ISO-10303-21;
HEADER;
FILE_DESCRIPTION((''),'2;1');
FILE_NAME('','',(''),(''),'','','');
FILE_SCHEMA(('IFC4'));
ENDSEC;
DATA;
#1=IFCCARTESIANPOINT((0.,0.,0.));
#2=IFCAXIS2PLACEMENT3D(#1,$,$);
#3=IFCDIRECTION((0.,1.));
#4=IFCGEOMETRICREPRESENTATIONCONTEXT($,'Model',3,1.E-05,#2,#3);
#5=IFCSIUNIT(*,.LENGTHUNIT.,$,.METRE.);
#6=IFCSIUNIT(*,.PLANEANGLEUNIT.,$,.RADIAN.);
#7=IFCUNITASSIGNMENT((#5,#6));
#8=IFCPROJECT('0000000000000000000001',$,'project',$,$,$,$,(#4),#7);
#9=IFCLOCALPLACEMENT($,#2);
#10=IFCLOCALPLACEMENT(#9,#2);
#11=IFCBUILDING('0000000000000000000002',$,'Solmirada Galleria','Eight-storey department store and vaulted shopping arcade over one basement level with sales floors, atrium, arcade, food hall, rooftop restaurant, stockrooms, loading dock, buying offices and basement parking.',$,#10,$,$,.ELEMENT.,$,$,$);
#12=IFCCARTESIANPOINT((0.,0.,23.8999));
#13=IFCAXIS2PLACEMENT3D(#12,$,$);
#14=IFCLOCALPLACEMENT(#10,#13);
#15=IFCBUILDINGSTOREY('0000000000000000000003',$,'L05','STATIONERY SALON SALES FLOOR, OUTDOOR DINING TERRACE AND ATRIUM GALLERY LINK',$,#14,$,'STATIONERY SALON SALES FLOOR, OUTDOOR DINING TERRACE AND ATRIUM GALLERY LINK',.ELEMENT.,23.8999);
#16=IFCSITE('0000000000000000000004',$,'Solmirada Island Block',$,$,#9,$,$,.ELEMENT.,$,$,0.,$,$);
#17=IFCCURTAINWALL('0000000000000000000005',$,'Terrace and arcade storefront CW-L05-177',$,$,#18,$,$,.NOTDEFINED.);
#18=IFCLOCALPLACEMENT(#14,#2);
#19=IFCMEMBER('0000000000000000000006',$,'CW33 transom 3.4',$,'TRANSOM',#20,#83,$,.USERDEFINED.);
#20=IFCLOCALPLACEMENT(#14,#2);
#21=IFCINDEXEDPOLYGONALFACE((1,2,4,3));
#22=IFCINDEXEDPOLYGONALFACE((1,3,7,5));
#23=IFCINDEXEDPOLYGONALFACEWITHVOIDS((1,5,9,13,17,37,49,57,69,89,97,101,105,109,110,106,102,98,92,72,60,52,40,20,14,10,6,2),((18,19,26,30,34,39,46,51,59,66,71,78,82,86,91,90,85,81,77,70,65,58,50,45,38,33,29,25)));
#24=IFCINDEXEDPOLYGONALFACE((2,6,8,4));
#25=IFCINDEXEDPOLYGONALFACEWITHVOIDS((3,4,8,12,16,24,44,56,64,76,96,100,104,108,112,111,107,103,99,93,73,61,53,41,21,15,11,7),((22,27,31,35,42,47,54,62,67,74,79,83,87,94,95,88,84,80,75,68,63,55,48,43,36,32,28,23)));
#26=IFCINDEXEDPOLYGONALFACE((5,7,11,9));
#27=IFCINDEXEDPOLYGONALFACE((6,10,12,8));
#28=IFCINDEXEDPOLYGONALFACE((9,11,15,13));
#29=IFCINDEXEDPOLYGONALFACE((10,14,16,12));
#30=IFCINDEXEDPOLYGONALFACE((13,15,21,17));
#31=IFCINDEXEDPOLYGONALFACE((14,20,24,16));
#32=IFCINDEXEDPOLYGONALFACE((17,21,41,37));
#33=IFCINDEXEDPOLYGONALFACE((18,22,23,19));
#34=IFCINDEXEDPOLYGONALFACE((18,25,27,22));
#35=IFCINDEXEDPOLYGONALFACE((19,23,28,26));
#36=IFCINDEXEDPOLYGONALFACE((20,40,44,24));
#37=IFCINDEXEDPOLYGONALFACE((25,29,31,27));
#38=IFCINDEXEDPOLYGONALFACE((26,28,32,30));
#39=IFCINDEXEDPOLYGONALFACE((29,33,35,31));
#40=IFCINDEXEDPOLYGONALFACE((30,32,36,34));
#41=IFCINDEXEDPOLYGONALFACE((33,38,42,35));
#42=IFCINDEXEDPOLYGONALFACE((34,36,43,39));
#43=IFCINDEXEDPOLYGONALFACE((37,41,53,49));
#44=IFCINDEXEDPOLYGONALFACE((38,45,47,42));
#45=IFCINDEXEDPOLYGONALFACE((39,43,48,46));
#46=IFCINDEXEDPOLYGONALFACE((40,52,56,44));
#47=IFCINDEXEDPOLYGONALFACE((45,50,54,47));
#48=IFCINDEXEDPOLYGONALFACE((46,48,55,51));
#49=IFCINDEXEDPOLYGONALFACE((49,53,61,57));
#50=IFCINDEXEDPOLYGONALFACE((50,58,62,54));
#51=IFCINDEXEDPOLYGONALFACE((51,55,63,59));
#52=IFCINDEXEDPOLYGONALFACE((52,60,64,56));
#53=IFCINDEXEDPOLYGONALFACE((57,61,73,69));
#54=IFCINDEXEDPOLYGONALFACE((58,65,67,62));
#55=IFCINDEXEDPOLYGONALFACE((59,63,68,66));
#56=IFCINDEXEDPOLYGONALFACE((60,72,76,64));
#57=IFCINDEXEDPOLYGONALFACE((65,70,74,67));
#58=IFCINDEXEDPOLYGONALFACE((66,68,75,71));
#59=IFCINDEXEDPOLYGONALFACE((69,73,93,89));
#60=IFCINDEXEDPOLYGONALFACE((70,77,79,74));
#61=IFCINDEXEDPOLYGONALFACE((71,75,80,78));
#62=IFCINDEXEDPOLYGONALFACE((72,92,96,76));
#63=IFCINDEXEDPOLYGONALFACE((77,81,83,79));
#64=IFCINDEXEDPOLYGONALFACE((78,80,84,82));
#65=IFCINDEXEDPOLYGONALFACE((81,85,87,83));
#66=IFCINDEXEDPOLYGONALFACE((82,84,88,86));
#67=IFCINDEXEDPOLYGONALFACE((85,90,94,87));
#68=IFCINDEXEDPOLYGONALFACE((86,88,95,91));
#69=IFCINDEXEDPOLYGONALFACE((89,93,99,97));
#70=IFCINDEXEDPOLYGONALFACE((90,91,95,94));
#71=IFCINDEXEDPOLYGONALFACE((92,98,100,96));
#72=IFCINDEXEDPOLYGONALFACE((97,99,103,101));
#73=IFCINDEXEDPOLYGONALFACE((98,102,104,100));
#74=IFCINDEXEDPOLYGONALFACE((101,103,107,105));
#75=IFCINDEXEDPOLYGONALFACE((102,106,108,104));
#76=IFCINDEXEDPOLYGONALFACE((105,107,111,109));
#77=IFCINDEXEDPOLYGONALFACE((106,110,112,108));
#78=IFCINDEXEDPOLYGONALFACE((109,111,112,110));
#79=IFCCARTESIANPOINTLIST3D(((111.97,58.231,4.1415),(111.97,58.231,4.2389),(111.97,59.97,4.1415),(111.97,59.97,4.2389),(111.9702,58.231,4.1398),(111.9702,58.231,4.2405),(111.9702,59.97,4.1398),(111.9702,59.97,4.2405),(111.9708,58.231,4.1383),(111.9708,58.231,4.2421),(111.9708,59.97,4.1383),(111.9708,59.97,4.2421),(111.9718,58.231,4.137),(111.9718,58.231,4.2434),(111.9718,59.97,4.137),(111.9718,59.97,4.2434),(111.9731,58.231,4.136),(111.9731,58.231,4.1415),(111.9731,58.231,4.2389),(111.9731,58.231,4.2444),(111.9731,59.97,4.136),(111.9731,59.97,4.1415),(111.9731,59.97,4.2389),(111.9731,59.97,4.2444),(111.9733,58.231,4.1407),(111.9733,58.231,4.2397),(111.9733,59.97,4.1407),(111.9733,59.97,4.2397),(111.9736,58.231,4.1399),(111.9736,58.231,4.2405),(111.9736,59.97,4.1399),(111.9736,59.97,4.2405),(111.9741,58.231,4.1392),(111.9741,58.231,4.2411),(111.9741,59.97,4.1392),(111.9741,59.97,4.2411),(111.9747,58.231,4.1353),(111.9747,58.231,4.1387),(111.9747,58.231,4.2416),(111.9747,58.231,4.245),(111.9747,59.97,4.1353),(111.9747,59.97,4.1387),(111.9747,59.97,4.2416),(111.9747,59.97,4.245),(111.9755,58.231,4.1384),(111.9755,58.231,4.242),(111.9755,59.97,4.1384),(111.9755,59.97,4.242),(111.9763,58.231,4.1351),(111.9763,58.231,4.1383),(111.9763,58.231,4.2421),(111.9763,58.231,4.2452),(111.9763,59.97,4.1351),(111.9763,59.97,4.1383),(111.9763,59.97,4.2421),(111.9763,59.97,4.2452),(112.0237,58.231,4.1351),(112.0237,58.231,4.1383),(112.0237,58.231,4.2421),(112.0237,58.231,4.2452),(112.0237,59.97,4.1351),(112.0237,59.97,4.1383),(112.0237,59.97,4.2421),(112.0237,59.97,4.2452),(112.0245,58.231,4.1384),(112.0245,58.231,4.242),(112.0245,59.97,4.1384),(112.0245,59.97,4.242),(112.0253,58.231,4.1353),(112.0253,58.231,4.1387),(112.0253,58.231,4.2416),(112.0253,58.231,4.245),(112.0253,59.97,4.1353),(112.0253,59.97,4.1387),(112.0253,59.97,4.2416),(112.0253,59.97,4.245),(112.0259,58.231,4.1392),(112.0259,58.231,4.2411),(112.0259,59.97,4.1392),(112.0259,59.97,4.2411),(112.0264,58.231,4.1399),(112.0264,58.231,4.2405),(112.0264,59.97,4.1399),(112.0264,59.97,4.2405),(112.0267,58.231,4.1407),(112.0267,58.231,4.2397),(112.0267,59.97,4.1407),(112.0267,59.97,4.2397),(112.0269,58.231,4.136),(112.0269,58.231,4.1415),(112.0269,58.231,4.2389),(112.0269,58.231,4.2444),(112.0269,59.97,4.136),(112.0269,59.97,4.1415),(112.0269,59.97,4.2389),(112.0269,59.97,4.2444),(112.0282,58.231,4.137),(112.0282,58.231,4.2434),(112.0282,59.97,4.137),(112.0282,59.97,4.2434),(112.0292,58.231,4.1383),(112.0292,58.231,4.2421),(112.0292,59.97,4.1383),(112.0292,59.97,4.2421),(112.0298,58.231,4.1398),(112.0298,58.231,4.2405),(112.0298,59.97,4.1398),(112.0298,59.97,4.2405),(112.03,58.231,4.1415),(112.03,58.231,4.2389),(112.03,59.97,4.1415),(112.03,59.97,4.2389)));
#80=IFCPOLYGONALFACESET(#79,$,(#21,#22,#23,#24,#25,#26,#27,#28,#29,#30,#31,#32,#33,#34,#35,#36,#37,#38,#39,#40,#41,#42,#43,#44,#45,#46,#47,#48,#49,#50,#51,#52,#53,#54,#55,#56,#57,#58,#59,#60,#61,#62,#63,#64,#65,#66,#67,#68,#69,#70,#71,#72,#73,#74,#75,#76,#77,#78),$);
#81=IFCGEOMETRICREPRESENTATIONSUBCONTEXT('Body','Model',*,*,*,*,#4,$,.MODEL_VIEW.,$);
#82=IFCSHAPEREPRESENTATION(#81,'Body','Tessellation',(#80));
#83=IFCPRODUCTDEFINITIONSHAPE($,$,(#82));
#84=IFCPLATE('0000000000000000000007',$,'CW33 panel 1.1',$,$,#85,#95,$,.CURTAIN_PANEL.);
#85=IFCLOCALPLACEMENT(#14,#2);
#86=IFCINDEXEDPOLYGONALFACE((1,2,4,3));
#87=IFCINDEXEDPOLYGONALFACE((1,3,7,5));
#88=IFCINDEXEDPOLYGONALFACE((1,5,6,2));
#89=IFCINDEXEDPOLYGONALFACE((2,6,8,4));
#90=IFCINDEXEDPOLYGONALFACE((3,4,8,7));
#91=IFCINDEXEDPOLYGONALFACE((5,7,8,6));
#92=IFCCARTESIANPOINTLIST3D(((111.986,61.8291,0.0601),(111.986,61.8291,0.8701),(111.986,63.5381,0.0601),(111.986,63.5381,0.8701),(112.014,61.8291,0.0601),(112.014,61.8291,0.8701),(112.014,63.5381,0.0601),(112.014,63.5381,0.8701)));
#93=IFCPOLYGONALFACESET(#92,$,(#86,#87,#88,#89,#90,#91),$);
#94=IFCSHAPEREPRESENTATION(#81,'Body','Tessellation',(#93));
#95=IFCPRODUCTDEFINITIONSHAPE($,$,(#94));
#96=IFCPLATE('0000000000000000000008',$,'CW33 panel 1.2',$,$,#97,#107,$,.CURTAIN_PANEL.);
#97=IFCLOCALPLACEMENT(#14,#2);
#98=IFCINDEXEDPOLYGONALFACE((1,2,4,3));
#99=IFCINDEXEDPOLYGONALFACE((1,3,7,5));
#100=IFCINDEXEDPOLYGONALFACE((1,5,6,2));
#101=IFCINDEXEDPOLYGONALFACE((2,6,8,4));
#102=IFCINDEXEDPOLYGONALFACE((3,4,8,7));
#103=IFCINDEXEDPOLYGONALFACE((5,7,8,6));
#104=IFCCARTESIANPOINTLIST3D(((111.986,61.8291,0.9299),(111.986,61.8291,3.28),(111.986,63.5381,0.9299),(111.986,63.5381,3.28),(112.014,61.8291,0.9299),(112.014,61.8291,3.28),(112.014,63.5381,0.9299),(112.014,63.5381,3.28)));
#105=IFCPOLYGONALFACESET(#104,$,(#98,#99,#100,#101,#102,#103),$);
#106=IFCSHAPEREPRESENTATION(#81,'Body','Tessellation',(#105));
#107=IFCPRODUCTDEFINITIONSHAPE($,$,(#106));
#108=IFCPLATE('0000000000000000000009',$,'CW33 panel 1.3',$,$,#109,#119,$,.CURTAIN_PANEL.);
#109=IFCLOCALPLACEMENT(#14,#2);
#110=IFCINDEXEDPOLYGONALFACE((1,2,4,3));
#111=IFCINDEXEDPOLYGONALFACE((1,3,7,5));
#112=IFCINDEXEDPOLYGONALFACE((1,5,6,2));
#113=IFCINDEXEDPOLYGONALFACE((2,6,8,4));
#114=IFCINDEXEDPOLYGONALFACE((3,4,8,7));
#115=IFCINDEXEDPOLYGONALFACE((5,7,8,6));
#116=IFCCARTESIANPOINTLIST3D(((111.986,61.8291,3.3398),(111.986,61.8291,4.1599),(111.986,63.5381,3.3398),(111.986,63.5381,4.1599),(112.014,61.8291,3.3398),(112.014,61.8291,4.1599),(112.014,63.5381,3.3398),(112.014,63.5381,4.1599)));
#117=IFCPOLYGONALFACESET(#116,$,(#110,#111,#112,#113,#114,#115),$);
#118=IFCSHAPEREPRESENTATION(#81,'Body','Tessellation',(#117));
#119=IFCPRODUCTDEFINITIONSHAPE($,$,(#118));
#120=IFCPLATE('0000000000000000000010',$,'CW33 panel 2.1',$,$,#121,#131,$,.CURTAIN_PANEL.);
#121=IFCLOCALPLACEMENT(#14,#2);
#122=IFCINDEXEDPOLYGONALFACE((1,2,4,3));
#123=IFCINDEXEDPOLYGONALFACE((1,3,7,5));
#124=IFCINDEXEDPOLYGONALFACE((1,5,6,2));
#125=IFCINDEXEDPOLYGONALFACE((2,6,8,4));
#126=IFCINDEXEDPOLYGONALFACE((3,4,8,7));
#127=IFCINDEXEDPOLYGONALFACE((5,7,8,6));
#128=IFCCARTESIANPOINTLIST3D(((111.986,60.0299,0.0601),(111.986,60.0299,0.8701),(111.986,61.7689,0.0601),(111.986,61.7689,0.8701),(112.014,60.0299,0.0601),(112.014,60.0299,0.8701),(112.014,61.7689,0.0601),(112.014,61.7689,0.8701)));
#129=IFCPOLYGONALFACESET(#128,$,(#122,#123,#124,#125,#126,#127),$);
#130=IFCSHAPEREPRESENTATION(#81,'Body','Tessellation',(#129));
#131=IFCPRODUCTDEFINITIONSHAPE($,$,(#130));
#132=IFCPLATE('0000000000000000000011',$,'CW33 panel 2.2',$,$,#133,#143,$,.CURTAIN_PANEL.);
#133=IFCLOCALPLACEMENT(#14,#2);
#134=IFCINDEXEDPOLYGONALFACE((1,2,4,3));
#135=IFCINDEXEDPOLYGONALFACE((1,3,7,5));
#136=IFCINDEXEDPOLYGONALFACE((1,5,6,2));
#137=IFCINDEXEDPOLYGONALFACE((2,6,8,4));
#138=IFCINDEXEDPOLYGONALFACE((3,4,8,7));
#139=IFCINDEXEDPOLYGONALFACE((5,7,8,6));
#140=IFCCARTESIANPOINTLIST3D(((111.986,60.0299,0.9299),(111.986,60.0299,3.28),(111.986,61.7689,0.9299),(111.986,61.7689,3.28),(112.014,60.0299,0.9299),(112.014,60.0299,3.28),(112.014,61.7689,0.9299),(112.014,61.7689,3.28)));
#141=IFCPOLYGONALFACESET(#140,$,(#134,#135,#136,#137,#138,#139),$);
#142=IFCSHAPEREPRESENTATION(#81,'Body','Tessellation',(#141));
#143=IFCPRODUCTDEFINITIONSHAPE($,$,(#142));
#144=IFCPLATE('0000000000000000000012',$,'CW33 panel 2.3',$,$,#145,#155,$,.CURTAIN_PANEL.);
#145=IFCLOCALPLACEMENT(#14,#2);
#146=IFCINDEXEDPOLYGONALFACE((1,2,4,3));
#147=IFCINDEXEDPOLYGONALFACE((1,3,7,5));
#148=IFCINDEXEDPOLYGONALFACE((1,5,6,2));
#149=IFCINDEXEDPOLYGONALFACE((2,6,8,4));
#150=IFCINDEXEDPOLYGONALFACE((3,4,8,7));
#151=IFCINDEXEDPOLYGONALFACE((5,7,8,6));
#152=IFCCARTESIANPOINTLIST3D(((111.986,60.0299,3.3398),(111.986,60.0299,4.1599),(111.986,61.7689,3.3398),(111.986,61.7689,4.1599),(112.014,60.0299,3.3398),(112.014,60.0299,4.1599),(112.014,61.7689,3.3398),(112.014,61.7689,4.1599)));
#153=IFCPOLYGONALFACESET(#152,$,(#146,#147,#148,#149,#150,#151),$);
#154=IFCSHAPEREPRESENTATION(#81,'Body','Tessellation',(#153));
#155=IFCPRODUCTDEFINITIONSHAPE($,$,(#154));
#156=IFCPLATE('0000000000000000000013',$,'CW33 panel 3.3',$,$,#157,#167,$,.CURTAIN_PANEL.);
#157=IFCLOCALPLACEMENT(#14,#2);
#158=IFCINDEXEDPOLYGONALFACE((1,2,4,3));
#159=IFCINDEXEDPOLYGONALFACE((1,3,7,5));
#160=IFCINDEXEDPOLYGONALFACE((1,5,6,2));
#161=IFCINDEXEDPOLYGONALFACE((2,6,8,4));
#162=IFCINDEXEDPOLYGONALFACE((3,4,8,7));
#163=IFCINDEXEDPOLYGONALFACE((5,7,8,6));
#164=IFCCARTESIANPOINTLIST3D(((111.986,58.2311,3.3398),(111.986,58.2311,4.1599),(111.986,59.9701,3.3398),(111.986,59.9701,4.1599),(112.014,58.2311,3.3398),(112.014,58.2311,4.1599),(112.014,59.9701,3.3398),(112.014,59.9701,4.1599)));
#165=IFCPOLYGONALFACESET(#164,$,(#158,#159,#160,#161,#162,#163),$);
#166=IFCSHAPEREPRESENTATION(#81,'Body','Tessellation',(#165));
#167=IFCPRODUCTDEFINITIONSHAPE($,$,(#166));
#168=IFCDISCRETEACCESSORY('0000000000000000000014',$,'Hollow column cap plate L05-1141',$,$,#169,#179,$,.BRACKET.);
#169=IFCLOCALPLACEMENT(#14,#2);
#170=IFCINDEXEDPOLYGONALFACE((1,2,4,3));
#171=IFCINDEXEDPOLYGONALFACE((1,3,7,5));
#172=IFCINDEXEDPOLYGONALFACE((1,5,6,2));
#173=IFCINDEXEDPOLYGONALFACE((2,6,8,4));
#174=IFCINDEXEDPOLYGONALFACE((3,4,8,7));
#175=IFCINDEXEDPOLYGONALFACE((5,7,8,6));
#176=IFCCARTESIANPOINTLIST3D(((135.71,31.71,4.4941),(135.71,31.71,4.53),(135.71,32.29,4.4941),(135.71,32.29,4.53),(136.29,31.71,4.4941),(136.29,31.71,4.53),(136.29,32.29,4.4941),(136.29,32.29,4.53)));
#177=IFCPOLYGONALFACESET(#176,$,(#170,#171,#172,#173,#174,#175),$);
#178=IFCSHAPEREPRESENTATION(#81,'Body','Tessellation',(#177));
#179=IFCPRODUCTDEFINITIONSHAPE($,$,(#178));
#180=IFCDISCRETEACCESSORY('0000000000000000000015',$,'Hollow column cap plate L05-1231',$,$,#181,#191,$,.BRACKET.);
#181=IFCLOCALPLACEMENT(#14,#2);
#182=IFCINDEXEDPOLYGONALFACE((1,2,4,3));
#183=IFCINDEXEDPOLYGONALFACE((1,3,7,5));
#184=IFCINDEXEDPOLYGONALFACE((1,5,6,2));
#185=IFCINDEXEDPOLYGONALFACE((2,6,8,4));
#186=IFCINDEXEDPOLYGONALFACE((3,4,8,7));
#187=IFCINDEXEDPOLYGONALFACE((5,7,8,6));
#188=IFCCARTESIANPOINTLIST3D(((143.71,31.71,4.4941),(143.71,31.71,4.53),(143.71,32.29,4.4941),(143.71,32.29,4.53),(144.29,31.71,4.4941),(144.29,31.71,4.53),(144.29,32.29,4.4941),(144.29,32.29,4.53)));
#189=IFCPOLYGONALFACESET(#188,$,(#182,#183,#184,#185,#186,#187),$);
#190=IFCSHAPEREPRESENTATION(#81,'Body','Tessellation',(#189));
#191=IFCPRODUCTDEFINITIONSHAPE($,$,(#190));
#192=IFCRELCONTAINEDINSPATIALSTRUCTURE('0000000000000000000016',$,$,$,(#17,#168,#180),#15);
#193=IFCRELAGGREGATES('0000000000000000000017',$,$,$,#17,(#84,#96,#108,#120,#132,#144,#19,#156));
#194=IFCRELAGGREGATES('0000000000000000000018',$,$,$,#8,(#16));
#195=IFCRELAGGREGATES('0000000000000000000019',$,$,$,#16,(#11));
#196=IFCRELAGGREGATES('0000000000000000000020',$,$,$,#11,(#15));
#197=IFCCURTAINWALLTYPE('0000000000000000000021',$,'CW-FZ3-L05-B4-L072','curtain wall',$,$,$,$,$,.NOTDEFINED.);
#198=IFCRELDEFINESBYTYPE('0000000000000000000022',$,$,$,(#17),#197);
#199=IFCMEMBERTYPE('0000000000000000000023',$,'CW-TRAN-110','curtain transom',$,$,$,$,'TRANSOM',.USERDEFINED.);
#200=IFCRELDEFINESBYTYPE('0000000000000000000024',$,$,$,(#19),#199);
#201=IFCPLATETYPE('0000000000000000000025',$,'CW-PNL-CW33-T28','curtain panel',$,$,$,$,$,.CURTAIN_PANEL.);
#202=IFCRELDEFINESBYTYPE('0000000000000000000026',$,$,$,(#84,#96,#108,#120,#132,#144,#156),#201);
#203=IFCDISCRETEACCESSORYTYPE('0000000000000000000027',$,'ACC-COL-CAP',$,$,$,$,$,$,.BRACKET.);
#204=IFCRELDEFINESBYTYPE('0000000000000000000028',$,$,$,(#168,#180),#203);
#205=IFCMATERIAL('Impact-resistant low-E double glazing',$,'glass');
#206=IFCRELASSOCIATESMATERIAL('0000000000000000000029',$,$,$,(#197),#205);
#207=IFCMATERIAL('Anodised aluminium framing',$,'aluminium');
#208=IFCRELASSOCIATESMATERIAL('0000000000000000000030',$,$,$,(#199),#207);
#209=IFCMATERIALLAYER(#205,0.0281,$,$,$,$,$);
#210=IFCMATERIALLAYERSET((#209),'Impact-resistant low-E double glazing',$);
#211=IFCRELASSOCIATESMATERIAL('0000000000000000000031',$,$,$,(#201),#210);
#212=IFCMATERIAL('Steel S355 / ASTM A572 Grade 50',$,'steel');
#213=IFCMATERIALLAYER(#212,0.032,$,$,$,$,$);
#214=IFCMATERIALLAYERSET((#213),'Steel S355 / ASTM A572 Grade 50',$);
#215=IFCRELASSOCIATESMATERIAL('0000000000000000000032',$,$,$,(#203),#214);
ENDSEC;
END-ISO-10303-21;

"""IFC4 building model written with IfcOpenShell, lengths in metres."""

from ifc_helpers import new_model, si_unit, direction, frame, origin, origin_2d, place, context, subcontext, project, spatial, rectangle, hollow_rectangle, extrude, material, layer, layer_set, material_profile, profile_set, type_object, element, aggregate, save


model = new_model("IFC4")

# Units and contexts
model_context = context("Model", 3, precision=1e-05, world=origin(), true_north=direction((0.0, 1.0)))
body_context = subcontext(model_context, "Body", "Model", "MODEL_VIEW")
ifc_project = project(units=[si_unit("LENGTHUNIT", "METRE"), si_unit("PLANEANGLEUNIT", "RADIAN")], contexts=[model_context])

# Site, building, storey
site_placement = place(None, origin())
site = spatial("IfcSite", under=ifc_project, at=site_placement, Name="Solmirada Island Block", CompositionType="ELEMENT", RefElevation=0.0)
building_placement = place(site_placement, origin())
building = spatial("IfcBuilding", under=site, at=building_placement, Name="Solmirada Galleria", Description="Eight-storey department store and vaulted shopping arcade over one basement level with sales floors, atrium, arcade, food hall, rooftop restaurant, stockrooms, loading dock, buying offices and basement parking.", CompositionType="ELEMENT")
storey_placement = place(building_placement, frame((0.0, 0.0, 23.8999)))
storey = spatial("IfcBuildingStorey", under=building, at=storey_placement, Name="L05", Description="STATIONERY SALON SALES FLOOR, OUTDOOR DINING TERRACE AND ATRIUM GALLERY LINK", LongName="STATIONERY SALON SALES FLOOR, OUTDOOR DINING TERRACE AND ATRIUM GALLERY LINK", CompositionType="ELEMENT", Elevation=23.8999)

# Curtain wall, member, plates
ifc_material_1 = material(Name="Impact-resistant low-E double glazing", Category="glass")
curtain_wall_type = type_object("IfcCurtainWallType", Name="CW-FZ3-L05-B4-L072", Description="curtain wall", PredefinedType="NOTDEFINED", material=ifc_material_1)
curtain_wall_placement = place(storey_placement, origin())
curtain_wall = element("IfcCurtainWall", 1, at=curtain_wall_placement, inside=storey, type_object=curtain_wall_type, Name="Terrace and arcade storefront CW-L05-177", PredefinedType="NOTDEFINED")
ifc_material_2 = material(Name="Anodised aluminium framing", Category="aluminium")
ifc_material_profile_1 = material_profile(ifc_material_2, hollow_rectangle(XDim=0.0601, YDim=0.1101, WallThickness=0.0032, InnerFilletRadius=0.0032, OuterFilletRadius=0.0063, at=origin_2d()), Name="ALU-TRAN-110X60")
ifc_profile_set_1 = profile_set([ifc_material_profile_1], Name="Anodised aluminium framing")
member_type_1 = type_object("IfcMemberType", Name="CW-TRAN-110", Description="curtain transom", ElementType="TRANSOM", PredefinedType="USERDEFINED", material=ifc_profile_set_1)
member_1_placement = place(storey_placement, frame((112.0, 59.97, 4.1902), z_axis=(0.0, -1.0, 0.0), x_axis=(1.0, 0.0, 0.0)))
member_1 = element("IfcMember", 2, at=member_1_placement, type_object=member_type_1, Name="CW33 transom 3.4", ObjectType="TRANSOM", PredefinedType="USERDEFINED", context=body_context, shape_type="SweptSolid", body=[
    extrude(hollow_rectangle(XDim=0.0601, YDim=0.1101, WallThickness=0.0032, InnerFilletRadius=0.0032, OuterFilletRadius=0.0063, at=origin_2d()), origin(), (0.0, 0.0, 1.0), 1.739),
])
ifc_layer_1 = layer(ifc_material_1, 0.0281)
ifc_layer_set_1 = layer_set([ifc_layer_1], Name="Impact-resistant low-E double glazing")
plate_type = type_object("IfcPlateType", Name="CW-PNL-CW33-T28", Description="curtain panel", PredefinedType="CURTAIN_PANEL", material=ifc_layer_set_1)
plate_1_placement = place(storey_placement, frame((112.0, 62.6836, 0.0601), z_axis=(0.0, 0.0, 1.0), x_axis=(0.0, -1.0, 0.0)))
plate_1 = element("IfcPlate", 3, at=plate_1_placement, type_object=plate_type, Name="CW33 panel 1.1", PredefinedType="CURTAIN_PANEL", context=body_context, shape_type="SweptSolid", body=[
    extrude(rectangle(XDim=1.709, YDim=0.0281, at=origin_2d()), origin(), (0.0, 0.0, 1.0), 0.8101),
])
plate_2_placement = place(storey_placement, frame((112.0, 62.6836, 0.9299), z_axis=(0.0, 0.0, 1.0), x_axis=(0.0, -1.0, 0.0)))
plate_2 = element("IfcPlate", 4, at=plate_2_placement, type_object=plate_type, Name="CW33 panel 1.2", PredefinedType="CURTAIN_PANEL", context=body_context, shape_type="SweptSolid", body=[
    extrude(rectangle(XDim=1.709, YDim=0.0281, at=origin_2d()), origin(), (0.0, 0.0, 1.0), 2.3501),
])
plate_3_placement = place(storey_placement, frame((112.0, 62.6836, 3.3398), z_axis=(0.0, 0.0, 1.0), x_axis=(0.0, -1.0, 0.0)))
plate_3 = element("IfcPlate", 5, at=plate_3_placement, type_object=plate_type, Name="CW33 panel 1.3", PredefinedType="CURTAIN_PANEL", context=body_context, shape_type="SweptSolid", body=[
    extrude(rectangle(XDim=1.709, YDim=0.0281, at=origin_2d()), origin(), (0.0, 0.0, 1.0), 0.8201),
])
plate_4_placement = place(storey_placement, frame((112.0, 60.8994, 0.0601), z_axis=(0.0, 0.0, 1.0), x_axis=(0.0, -1.0, 0.0)))
plate_4 = element("IfcPlate", 6, at=plate_4_placement, type_object=plate_type, Name="CW33 panel 2.1", PredefinedType="CURTAIN_PANEL", context=body_context, shape_type="SweptSolid", body=[
    extrude(rectangle(XDim=1.739, YDim=0.0281, at=origin_2d()), origin(), (0.0, 0.0, 1.0), 0.8101),
])
plate_5_placement = place(storey_placement, frame((112.0, 60.8994, 0.9299), z_axis=(0.0, 0.0, 1.0), x_axis=(0.0, -1.0, 0.0)))
plate_5 = element("IfcPlate", 7, at=plate_5_placement, type_object=plate_type, Name="CW33 panel 2.2", PredefinedType="CURTAIN_PANEL", context=body_context, shape_type="SweptSolid", body=[
    extrude(rectangle(XDim=1.739, YDim=0.0281, at=origin_2d()), origin(), (0.0, 0.0, 1.0), 2.3501),
])
plate_6_placement = place(storey_placement, frame((112.0, 60.8994, 3.3398), z_axis=(0.0, 0.0, 1.0), x_axis=(0.0, -1.0, 0.0)))
plate_6 = element("IfcPlate", 8, at=plate_6_placement, type_object=plate_type, Name="CW33 panel 2.3", PredefinedType="CURTAIN_PANEL", context=body_context, shape_type="SweptSolid", body=[
    extrude(rectangle(XDim=1.739, YDim=0.0281, at=origin_2d()), origin(), (0.0, 0.0, 1.0), 0.8201),
])
plate_7_placement = place(storey_placement, frame((112.0, 59.1006, 3.3398), z_axis=(0.0, 0.0, 1.0), x_axis=(0.0, -1.0, 0.0)))
plate_7 = element("IfcPlate", 9, at=plate_7_placement, type_object=plate_type, Name="CW33 panel 3.3", PredefinedType="CURTAIN_PANEL", context=body_context, shape_type="SweptSolid", body=[
    extrude(rectangle(XDim=1.739, YDim=0.0281, at=origin_2d()), origin(), (0.0, 0.0, 1.0), 0.8201),
])
aggregate(curtain_wall, [plate_1, plate_2, plate_3, plate_4, plate_5, plate_6, member_1, plate_7])

# Discrete accessories
ifc_material_3 = material(Name="Steel S355 / ASTM A572 Grade 50", Category="steel")
ifc_layer_2 = layer(ifc_material_3, 0.032)
ifc_layer_set_2 = layer_set([ifc_layer_2], Name="Steel S355 / ASTM A572 Grade 50")
discrete_accessory_type = type_object("IfcDiscreteAccessoryType", Name="ACC-COL-CAP", PredefinedType="BRACKET", material=ifc_layer_set_2)
for number, where, z_axis, x_axis, name in (
    (10, (136.0, 32.0, 4.4941), (0.0, 0.0, 1.0), (1.0, 0.0, 0.0), "Hollow column cap plate L05-1141"),
    (11, (144.0, 32.0, 4.4941), (0.0, 0.0, 1.0), (1.0, 0.0, 0.0), "Hollow column cap plate L05-1231"),
):
    element("IfcDiscreteAccessory", number, at=place(storey_placement, frame(where, z_axis=z_axis, x_axis=x_axis)), inside=storey, type_object=discrete_accessory_type, Name=name, PredefinedType="BRACKET", context=body_context, shape_type="SweptSolid", body=[
        extrude(rectangle(XDim=0.5801, YDim=0.5801, at=origin_2d()), origin(), (0.0, 0.0, 1.0), 0.0359),
    ])

save(model, "model.ifc")
